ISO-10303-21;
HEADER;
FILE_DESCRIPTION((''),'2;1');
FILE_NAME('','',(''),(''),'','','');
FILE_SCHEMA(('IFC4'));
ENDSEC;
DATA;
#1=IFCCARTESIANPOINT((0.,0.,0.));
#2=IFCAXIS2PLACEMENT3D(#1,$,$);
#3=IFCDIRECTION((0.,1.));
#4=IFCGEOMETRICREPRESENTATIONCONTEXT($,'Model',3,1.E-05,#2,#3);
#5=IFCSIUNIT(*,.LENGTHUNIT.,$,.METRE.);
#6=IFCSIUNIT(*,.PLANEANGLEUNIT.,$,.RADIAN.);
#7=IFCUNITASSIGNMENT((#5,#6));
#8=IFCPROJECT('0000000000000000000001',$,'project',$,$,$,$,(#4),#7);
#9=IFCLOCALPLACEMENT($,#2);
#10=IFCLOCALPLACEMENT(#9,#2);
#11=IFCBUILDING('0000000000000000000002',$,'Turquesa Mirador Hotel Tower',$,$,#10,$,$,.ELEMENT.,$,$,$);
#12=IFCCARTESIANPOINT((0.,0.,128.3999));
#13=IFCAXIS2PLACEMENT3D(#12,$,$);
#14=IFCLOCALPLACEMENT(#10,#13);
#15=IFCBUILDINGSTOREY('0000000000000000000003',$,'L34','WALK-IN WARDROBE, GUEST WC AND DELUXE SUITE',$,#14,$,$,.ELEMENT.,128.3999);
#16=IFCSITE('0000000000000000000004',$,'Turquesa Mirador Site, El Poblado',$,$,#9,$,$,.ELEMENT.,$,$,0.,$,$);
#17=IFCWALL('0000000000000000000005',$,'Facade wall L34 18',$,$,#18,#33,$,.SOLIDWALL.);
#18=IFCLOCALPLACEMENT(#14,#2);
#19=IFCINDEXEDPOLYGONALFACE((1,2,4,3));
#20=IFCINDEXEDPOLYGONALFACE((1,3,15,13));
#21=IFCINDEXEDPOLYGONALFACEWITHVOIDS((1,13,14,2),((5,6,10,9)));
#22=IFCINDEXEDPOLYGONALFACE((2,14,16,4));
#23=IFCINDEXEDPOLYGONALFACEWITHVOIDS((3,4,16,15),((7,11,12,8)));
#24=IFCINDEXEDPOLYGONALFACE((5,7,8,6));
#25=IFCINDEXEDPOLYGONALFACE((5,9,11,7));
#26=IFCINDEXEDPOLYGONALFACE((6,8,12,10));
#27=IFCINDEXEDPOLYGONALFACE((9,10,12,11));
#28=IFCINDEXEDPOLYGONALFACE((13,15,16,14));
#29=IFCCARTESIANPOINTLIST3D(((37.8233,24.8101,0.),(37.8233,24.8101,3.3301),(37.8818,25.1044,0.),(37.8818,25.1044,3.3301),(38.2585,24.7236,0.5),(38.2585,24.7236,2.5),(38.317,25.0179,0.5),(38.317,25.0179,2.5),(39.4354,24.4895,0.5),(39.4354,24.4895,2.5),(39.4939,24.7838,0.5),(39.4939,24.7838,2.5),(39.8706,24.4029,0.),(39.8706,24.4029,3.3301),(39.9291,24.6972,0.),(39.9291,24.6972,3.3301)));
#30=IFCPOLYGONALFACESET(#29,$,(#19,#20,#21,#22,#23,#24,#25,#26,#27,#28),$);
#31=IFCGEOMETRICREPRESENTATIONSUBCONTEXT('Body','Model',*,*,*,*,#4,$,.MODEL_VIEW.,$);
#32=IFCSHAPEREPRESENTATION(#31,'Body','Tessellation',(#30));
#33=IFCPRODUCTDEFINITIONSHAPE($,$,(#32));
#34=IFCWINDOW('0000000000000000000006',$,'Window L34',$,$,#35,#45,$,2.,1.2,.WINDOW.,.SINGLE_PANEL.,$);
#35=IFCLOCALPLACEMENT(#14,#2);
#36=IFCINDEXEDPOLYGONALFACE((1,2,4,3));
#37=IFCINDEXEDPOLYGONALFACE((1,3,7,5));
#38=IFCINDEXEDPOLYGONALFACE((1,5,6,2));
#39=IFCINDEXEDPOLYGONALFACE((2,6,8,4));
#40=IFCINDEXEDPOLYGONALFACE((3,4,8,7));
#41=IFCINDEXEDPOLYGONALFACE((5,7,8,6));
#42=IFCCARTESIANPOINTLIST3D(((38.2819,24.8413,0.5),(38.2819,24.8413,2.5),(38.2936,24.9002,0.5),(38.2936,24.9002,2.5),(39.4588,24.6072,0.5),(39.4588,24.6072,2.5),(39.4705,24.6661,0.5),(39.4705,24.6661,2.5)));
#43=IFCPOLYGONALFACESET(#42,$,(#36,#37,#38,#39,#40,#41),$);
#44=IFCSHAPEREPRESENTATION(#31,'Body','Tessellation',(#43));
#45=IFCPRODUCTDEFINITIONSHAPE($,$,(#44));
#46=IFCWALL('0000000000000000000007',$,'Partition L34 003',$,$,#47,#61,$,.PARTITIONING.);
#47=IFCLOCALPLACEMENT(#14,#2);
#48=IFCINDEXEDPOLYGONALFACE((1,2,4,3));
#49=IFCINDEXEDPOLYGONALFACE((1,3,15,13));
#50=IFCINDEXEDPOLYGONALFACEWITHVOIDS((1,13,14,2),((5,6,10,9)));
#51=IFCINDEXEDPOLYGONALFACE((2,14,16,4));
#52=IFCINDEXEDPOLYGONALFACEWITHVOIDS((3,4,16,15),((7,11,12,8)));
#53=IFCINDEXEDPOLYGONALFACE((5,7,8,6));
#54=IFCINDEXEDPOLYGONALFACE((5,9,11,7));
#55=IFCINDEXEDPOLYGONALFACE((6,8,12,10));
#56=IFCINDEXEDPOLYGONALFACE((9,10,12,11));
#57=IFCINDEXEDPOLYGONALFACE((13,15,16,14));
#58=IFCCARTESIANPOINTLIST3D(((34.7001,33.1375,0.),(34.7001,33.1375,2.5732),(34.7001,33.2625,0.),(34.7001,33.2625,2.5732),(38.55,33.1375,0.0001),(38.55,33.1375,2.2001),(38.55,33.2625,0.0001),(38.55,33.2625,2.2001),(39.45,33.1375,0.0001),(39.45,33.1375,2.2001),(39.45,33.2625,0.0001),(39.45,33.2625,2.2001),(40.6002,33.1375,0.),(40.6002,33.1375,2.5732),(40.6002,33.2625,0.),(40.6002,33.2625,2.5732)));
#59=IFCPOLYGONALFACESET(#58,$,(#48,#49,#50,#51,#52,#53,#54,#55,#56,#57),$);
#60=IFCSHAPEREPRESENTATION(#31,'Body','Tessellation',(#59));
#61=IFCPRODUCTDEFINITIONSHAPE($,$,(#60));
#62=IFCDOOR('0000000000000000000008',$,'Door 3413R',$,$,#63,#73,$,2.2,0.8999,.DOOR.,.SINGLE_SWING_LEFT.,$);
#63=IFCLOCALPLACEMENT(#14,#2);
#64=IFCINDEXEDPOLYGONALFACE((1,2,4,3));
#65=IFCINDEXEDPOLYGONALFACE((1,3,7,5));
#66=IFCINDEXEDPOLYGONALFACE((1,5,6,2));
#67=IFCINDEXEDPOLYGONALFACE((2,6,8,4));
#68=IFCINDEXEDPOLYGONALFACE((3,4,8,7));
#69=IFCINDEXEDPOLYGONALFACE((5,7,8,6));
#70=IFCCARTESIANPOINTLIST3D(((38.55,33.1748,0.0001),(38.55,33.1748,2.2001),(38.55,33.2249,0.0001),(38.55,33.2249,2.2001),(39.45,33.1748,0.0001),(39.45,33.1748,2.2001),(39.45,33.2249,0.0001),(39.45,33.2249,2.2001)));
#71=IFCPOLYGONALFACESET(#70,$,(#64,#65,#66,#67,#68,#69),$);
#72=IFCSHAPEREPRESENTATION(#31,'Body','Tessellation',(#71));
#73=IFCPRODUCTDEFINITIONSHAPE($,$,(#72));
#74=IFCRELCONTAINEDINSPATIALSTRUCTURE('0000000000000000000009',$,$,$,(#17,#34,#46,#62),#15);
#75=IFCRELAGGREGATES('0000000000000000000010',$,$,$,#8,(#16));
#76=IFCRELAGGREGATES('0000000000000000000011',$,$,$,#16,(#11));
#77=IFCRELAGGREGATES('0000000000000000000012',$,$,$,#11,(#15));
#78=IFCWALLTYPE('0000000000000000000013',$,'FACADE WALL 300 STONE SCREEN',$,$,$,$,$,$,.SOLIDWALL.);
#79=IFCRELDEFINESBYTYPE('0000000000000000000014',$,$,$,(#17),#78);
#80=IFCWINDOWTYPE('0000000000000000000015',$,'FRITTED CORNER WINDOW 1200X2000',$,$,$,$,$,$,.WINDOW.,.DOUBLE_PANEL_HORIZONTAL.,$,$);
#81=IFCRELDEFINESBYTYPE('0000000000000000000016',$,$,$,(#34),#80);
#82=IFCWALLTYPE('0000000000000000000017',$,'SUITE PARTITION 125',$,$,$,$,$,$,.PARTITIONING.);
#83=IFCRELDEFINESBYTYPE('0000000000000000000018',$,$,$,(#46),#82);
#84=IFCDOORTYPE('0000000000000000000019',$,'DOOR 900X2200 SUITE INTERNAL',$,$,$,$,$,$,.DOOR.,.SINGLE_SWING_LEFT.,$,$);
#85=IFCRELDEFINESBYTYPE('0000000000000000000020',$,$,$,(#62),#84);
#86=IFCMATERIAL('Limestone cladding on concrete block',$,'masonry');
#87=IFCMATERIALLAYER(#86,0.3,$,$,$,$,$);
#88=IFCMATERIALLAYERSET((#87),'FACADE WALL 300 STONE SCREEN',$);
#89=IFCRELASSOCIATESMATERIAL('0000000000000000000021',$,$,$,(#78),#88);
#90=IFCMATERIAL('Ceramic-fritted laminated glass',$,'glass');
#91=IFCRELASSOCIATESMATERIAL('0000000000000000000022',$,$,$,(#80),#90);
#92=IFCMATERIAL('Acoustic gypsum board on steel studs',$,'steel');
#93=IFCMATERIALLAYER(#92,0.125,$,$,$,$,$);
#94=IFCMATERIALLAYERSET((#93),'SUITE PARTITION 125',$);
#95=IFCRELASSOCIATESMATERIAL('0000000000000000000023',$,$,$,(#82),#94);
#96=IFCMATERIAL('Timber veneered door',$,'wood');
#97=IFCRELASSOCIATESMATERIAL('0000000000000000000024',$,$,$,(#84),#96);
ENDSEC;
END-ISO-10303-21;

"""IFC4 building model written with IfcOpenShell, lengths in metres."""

from ifc_helpers import new_model, si_unit, direction, frame, frame_2d, origin, place, context, subcontext, project, spatial, rectangle, extrude, material, layer, layer_set, type_object, element, fill, save


model = new_model("IFC4")

# Units and contexts
model_context = context("Model", 3, precision=1e-05, world=origin(), true_north=direction((0.0, 1.0)))
body_context = subcontext(model_context, "Body", "Model", "MODEL_VIEW")
ifc_project = project(units=[si_unit("LENGTHUNIT", "METRE"), si_unit("PLANEANGLEUNIT", "RADIAN")], contexts=[model_context])

# Site, building, storey
site_placement = place(None, origin())
site = spatial("IfcSite", under=ifc_project, at=site_placement, Name="Turquesa Mirador Site, El Poblado", CompositionType="ELEMENT", RefElevation=0.0)
building_placement = place(site_placement, origin())
building = spatial("IfcBuilding", under=site, at=building_placement, Name="Turquesa Mirador Hotel Tower", CompositionType="ELEMENT")
storey_placement = place(building_placement, frame((0.0, 0.0, 128.3999)))
storey = spatial("IfcBuildingStorey", under=building, at=storey_placement, Name="L34", Description="WALK-IN WARDROBE, GUEST WC AND DELUXE SUITE", CompositionType="ELEMENT", Elevation=128.3999)

# Wall, opening, window
ifc_material_1 = material(Name="Limestone cladding on concrete block", Category="masonry")
ifc_layer_1 = layer(ifc_material_1, 0.3)
ifc_layer_set_1 = layer_set([ifc_layer_1], Name="FACADE WALL 300 STONE SCREEN")
wall_type_1 = type_object("IfcWallType", Name="FACADE WALL 300 STONE SCREEN", PredefinedType="SOLIDWALL", material=ifc_layer_set_1)
ifc_material_2 = material(Name="Ceramic-fritted laminated glass", Category="glass")
window_type_1 = type_object("IfcWindowType", Name="FRITTED CORNER WINDOW 1200X2000", PartitioningType="DOUBLE_PANEL_HORIZONTAL", PredefinedType="WINDOW", material=ifc_material_2)
wall_1_placement = place(storey_placement, frame((37.8525, 24.9573, 0.0), z_axis=(0.0, 0.0, 1.0), x_axis=(0.980787, -0.195081, 0.0)))
wall_1 = element("IfcWall", 1, at=wall_1_placement, inside=storey, type_object=wall_type_1, Name="Facade wall L34 18", PredefinedType="SOLIDWALL", context=body_context, shape_type="SweptSolid", body=[
    extrude(rectangle(XDim=2.0874, YDim=0.3, at=frame_2d((1.0437, 0.0))), origin(), (0.0, 0.0, 1.0), 3.3301),
])
opening_1_placement = place(wall_1_placement, frame((0.4436, 0.0, 0.5)))
opening_1 = element("IfcOpeningElement", 2, at=opening_1_placement, cuts=wall_1, PredefinedType="OPENING", context=body_context, shape_type="SweptSolid", body=[
    extrude(rectangle(XDim=1.2, YDim=2.0, at=frame_2d((0.6001, 1.0))), frame((0.0, 0.1599, 0.0), z_axis=(0.0, -1.0, 0.0), x_axis=(1.0, 0.0, 0.0)), (0.0, 0.0, 1.0), 0.3201),
])
window_1_placement = place(opening_1_placement, origin())
window_1 = element("IfcWindow", 3, at=window_1_placement, inside=storey, type_object=window_type_1, Name="Window L34", OverallHeight=2.0, OverallWidth=1.2, PartitioningType="SINGLE_PANEL", PredefinedType="WINDOW", context=body_context, shape_type="SweptSolid", body=[
    extrude(rectangle(XDim=1.2, YDim=2.0, at=frame_2d((0.6001, 1.0))), frame((0.0, 0.03, 0.0), z_axis=(0.0, -1.0, 0.0), x_axis=(1.0, 0.0, 0.0)), (0.0, 0.0, 1.0), 0.0601),
])
fill(opening_1, window_1)

# Wall, opening, door
ifc_material_3 = material(Name="Acoustic gypsum board on steel studs", Category="steel")
ifc_layer_2 = layer(ifc_material_3, 0.125)
ifc_layer_set_2 = layer_set([ifc_layer_2], Name="SUITE PARTITION 125")
wall_type_2 = type_object("IfcWallType", Name="SUITE PARTITION 125", PredefinedType="PARTITIONING", material=ifc_layer_set_2)
wall_2_placement = place(storey_placement, frame((34.7, 33.2, 0.0), z_axis=(0.0, 0.0, 1.0), x_axis=(1.0, 0.0, 0.0)))
wall_2 = element("IfcWall", 4, at=wall_2_placement, inside=storey, type_object=wall_type_2, Name="Partition L34 003", PredefinedType="PARTITIONING", context=body_context, shape_type="SweptSolid", body=[
    extrude(rectangle(XDim=5.9001, YDim=0.125, at=frame_2d((2.9502, 0.0))), origin(), (0.0, 0.0, 1.0), 2.5732),
])
opening_2_placement = place(wall_2_placement, frame((3.8501, 0.0, 0.0)))
opening_2 = element("IfcOpeningElement", 5, at=opening_2_placement, cuts=wall_2, PredefinedType="OPENING", context=body_context, shape_type="SweptSolid", body=[
    extrude(rectangle(XDim=0.8999, YDim=2.2, at=frame_2d((0.45, 1.1001))), frame((0.0, 0.0725, 0.0), z_axis=(0.0, -1.0, 0.0), x_axis=(1.0, 0.0, 0.0)), (0.0, 0.0, 1.0), 0.145),
])
ifc_material_4 = material(Name="Timber veneered door", Category="wood")
door_type_1 = type_object("IfcDoorType", Name="DOOR 900X2200 SUITE INTERNAL", OperationType="SINGLE_SWING_LEFT", PredefinedType="DOOR", material=ifc_material_4)
door_1_placement = place(opening_2_placement, origin())
door_1 = element("IfcDoor", 6, at=door_1_placement, inside=storey, type_object=door_type_1, Name="Door 3413R", OperationType="SINGLE_SWING_LEFT", OverallHeight=2.2, OverallWidth=0.8999, PredefinedType="DOOR", context=body_context, shape_type="SweptSolid", body=[
    extrude(rectangle(XDim=0.8999, YDim=2.2, at=frame_2d((0.45, 1.1001))), frame((0.0, 0.0249, 0.0), z_axis=(0.0, -1.0, 0.0), x_axis=(1.0, 0.0, 0.0)), (0.0, 0.0, 1.0), 0.05),
])
fill(opening_2, door_1)

save(model, "model.ifc")
